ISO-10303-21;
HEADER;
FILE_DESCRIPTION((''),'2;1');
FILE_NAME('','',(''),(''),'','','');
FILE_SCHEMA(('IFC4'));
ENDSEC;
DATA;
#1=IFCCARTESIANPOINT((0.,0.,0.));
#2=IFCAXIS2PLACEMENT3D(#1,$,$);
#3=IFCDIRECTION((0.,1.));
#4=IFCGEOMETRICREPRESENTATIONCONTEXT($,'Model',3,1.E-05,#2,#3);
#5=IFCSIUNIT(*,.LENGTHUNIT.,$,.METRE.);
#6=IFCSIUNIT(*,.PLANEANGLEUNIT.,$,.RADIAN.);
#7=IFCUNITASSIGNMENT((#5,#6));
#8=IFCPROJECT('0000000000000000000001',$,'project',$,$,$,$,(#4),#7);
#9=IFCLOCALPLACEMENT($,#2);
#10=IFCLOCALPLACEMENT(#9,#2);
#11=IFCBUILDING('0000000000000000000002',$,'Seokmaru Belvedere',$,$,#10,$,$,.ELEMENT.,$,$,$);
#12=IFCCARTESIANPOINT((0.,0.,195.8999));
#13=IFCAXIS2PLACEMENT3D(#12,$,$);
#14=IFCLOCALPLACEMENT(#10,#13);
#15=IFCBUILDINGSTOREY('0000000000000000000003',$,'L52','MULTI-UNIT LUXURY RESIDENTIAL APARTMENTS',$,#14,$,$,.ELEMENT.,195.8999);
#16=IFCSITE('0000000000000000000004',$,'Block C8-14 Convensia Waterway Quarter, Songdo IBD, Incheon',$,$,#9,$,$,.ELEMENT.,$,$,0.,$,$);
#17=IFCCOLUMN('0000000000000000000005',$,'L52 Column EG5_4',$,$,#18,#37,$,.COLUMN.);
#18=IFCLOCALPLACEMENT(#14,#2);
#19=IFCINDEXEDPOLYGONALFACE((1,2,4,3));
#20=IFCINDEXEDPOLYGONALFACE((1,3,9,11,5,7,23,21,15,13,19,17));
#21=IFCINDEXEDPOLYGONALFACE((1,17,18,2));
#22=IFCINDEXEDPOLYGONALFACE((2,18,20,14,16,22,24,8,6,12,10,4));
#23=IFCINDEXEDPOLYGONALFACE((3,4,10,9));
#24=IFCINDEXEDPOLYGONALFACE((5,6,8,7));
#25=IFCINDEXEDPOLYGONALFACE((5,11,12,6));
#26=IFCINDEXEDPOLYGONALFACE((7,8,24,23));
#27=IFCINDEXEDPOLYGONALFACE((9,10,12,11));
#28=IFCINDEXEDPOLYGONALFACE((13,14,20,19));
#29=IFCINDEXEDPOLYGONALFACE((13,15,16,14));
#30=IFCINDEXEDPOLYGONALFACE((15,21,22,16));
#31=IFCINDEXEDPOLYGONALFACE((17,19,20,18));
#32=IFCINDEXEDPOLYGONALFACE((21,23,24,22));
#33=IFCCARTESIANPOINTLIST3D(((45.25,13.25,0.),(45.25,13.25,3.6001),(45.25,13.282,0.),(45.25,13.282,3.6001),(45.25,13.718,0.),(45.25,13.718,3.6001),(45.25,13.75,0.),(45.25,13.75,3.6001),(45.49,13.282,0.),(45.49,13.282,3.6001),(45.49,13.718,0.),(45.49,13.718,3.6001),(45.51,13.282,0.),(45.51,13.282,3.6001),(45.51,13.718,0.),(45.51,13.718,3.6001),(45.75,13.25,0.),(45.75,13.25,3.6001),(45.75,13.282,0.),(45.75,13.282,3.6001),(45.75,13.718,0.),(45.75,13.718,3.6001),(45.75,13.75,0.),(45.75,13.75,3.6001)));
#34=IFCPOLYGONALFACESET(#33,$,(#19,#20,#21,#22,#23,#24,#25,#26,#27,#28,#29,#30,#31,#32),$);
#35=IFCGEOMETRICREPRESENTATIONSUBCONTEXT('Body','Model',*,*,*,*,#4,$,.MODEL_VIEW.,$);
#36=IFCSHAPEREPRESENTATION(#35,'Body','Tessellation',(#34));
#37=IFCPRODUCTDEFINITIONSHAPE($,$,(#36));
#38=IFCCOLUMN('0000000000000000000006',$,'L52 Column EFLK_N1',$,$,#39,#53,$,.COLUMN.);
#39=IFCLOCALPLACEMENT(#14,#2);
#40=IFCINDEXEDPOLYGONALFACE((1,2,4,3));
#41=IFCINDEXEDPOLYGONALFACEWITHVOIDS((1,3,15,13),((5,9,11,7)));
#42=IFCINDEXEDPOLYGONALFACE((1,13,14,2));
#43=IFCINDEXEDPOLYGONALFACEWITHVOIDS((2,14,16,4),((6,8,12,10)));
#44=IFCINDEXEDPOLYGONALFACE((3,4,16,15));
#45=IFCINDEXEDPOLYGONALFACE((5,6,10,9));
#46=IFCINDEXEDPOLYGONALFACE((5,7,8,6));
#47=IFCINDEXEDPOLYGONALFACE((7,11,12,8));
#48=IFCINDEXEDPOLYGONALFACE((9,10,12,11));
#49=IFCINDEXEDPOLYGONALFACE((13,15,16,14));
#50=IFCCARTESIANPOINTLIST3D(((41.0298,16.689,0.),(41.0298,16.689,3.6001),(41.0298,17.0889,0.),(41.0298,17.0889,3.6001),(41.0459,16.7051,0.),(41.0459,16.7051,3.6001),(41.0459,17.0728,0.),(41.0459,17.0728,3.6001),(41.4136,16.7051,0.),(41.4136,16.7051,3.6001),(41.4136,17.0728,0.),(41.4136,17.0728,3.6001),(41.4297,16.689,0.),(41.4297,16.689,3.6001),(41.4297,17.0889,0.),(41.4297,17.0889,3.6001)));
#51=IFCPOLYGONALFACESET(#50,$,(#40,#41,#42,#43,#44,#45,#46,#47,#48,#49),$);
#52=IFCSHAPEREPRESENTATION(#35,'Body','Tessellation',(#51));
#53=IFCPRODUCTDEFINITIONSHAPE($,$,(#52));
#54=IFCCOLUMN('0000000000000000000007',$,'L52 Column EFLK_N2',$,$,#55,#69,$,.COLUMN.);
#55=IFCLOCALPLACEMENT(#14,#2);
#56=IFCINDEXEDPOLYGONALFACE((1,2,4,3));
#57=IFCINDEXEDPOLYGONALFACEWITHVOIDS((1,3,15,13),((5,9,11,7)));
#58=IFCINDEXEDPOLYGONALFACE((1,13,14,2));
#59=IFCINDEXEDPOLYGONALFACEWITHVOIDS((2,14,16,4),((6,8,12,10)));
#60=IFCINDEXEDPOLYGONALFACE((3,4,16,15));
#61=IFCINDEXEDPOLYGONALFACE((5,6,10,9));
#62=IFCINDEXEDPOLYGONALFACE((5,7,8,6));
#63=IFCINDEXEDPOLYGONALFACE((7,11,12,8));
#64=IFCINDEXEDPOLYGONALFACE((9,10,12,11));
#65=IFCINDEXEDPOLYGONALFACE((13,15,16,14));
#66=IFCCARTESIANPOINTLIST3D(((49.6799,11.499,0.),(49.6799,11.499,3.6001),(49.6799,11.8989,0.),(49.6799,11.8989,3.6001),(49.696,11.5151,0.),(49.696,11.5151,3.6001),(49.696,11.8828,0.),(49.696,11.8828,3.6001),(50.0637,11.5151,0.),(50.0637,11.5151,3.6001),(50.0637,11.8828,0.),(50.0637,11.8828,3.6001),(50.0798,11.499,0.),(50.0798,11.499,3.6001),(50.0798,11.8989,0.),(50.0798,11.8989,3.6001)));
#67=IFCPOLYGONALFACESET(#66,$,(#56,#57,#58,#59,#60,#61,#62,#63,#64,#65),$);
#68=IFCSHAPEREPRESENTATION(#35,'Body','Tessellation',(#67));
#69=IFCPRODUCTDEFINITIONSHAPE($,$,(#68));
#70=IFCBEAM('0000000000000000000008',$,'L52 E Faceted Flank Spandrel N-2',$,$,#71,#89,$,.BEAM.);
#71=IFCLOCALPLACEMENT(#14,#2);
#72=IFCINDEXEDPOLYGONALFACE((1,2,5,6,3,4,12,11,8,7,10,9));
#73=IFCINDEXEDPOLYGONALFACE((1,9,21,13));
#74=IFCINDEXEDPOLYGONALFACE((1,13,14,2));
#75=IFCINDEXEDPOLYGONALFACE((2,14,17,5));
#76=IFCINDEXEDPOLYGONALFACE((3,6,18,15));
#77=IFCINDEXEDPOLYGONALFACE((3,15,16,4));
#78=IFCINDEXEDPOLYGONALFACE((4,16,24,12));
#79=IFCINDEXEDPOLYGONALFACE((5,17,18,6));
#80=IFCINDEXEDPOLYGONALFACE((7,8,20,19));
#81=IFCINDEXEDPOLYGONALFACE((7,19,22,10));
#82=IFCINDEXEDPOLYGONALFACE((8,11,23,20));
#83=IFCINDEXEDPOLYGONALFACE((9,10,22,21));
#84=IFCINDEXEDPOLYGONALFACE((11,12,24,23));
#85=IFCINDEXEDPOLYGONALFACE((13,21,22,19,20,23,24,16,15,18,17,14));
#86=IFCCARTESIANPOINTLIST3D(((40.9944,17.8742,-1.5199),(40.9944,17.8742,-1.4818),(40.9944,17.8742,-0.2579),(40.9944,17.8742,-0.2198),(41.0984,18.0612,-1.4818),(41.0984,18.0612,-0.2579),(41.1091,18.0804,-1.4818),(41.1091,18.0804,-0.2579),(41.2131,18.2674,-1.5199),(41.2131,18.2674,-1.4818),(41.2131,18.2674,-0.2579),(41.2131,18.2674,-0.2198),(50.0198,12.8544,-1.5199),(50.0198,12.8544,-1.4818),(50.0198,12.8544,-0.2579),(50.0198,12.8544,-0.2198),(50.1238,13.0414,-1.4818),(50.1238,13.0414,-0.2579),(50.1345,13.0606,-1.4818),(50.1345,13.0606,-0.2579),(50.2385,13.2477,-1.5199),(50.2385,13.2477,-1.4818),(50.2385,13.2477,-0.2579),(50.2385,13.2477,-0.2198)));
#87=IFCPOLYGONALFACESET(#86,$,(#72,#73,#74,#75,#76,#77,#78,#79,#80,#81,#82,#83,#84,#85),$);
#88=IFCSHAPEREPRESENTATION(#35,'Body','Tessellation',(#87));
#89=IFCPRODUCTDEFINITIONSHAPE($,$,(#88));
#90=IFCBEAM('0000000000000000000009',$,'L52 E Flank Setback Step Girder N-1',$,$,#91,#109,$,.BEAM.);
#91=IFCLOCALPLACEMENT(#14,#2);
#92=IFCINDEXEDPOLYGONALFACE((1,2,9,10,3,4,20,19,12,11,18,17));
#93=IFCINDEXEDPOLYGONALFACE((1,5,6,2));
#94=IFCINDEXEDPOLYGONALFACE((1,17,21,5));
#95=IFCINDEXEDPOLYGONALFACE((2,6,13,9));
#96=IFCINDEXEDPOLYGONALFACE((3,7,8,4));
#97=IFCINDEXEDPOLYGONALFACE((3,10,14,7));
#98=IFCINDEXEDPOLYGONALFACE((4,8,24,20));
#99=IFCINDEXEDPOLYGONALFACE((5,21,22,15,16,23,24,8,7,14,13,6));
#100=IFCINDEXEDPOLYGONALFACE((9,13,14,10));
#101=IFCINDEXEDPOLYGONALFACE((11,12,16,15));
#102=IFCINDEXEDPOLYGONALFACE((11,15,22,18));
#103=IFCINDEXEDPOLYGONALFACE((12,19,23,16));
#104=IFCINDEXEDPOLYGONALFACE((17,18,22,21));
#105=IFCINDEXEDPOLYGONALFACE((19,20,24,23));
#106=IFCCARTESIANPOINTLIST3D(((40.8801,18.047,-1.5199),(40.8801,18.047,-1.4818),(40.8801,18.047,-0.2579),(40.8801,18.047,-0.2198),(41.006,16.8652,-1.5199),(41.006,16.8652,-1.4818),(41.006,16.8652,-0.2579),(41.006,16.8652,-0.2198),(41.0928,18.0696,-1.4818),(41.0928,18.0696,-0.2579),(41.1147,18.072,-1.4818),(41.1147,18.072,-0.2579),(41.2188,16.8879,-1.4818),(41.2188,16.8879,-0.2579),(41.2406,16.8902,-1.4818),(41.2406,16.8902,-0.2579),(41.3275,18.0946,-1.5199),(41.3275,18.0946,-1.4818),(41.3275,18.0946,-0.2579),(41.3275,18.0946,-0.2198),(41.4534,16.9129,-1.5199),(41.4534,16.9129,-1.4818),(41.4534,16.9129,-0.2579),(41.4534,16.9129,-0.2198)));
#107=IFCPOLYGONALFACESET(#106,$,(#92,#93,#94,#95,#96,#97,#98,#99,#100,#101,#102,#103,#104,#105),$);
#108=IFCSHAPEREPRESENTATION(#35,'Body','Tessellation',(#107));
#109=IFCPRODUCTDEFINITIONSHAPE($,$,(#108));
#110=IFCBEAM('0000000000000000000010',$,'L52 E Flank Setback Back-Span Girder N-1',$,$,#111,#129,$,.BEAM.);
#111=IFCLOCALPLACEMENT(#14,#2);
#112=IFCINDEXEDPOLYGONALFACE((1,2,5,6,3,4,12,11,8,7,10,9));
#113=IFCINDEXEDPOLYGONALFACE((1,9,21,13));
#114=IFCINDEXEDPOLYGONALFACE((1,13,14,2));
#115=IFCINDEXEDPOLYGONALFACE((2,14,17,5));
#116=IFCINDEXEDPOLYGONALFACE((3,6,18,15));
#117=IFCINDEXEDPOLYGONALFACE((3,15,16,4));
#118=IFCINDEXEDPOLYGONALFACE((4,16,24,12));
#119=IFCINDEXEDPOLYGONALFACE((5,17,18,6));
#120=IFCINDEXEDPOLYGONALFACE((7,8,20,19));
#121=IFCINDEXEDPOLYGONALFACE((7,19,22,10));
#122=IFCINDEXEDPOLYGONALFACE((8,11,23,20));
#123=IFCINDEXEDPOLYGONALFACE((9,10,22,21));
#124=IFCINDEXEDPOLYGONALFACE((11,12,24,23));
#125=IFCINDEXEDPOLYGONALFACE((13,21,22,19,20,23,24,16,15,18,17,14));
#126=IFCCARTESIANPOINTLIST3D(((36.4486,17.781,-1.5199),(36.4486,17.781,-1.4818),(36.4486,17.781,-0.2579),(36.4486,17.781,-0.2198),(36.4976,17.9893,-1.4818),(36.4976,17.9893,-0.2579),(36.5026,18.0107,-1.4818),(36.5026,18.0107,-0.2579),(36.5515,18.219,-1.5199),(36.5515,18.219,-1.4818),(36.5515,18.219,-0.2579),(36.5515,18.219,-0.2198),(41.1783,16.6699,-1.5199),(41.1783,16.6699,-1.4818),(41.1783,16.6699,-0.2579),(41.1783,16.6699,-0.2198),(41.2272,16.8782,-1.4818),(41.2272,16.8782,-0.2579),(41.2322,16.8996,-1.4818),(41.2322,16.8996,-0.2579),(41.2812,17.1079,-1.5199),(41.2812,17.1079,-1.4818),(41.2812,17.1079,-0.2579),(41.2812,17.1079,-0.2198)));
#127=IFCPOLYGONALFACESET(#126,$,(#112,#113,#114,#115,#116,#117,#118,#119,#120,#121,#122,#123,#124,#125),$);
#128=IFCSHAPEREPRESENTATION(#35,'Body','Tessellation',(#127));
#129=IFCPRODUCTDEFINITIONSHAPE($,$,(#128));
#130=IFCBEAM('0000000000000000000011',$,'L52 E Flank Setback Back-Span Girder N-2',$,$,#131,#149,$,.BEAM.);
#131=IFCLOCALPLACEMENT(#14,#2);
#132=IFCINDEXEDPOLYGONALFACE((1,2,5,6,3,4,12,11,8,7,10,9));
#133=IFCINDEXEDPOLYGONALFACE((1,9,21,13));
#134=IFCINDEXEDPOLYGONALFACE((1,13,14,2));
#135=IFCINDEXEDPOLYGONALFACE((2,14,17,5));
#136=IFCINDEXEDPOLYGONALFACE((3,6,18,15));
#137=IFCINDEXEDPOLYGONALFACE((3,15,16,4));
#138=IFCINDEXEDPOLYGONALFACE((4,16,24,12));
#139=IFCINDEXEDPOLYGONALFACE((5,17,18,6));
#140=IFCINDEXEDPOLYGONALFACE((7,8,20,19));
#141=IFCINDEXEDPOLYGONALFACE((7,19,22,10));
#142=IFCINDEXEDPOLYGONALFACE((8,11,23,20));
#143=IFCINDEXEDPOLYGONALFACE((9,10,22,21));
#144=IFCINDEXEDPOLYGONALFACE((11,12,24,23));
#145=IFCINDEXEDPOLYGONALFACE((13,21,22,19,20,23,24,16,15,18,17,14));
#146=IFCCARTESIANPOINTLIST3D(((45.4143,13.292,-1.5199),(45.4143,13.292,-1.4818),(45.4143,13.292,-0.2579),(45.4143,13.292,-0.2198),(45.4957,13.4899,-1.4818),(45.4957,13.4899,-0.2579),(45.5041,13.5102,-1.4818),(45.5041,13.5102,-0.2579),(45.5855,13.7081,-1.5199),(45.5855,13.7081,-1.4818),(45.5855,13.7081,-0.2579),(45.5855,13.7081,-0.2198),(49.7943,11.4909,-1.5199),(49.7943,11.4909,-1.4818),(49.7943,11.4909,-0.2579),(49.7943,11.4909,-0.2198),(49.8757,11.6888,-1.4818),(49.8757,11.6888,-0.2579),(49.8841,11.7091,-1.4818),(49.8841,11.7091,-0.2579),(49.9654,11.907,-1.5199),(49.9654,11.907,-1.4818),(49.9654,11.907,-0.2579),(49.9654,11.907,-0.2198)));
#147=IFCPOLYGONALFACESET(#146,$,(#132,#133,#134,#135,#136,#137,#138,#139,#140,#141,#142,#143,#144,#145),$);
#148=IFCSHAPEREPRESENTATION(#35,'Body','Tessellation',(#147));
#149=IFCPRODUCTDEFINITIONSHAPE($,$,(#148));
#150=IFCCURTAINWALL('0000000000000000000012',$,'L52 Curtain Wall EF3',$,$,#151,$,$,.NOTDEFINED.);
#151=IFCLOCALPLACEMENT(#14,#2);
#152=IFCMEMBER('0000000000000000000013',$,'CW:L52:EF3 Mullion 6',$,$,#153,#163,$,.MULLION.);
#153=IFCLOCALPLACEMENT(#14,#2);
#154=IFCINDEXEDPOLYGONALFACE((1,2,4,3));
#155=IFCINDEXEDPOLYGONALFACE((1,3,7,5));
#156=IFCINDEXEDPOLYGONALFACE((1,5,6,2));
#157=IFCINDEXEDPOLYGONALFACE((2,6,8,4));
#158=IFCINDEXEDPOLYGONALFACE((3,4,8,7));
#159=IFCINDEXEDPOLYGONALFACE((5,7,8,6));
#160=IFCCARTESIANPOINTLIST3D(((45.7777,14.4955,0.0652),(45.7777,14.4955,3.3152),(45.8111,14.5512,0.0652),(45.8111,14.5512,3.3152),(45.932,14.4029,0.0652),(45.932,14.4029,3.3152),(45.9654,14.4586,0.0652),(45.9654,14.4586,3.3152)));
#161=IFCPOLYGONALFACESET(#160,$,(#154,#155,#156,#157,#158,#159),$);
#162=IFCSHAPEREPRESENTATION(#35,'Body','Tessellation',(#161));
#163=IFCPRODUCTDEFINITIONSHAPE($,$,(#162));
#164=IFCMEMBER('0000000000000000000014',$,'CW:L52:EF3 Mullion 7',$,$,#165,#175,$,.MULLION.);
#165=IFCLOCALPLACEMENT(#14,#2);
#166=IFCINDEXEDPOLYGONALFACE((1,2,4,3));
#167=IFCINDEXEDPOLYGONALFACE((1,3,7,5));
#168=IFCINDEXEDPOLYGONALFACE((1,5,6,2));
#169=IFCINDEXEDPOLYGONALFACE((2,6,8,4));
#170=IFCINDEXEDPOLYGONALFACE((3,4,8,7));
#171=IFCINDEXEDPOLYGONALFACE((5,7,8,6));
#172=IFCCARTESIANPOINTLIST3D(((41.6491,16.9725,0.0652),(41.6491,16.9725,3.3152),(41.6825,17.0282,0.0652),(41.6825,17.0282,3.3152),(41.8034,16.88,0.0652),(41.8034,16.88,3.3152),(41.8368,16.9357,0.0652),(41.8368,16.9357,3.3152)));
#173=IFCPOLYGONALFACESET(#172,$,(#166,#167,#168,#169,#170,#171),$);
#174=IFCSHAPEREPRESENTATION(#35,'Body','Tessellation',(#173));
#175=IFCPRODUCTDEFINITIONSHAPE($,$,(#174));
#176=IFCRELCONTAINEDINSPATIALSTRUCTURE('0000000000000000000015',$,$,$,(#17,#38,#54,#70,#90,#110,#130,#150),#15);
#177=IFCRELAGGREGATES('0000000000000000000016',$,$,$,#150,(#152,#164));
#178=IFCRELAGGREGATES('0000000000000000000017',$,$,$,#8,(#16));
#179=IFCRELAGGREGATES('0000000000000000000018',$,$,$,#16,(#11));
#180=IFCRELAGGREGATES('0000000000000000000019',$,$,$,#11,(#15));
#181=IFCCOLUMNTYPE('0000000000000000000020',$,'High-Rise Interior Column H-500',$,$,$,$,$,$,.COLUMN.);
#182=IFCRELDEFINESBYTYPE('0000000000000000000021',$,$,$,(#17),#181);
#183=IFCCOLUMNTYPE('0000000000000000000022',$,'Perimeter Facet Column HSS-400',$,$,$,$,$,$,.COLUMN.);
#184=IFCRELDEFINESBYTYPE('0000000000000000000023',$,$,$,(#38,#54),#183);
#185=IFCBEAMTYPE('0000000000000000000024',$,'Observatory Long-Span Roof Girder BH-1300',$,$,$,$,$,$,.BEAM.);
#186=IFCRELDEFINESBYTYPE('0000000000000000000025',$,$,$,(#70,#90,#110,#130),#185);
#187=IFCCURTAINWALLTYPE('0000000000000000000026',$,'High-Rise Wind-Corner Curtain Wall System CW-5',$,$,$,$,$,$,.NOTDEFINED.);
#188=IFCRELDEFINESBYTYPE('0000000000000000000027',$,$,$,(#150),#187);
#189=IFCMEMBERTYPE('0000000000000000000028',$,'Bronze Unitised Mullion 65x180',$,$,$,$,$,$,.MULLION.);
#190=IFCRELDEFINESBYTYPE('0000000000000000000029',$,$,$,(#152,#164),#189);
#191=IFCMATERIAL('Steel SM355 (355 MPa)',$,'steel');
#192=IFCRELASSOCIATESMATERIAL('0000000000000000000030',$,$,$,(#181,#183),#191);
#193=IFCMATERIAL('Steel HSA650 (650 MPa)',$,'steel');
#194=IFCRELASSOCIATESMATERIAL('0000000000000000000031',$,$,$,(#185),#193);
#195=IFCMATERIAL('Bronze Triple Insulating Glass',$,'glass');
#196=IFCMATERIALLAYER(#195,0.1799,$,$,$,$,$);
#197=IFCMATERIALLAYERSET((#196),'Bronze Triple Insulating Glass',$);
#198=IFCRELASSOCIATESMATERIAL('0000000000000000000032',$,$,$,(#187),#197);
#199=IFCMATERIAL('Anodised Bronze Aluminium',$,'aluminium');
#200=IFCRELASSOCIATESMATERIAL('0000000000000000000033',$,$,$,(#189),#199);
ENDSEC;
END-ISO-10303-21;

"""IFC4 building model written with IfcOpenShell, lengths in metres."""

from ifc_helpers import new_model, si_unit, direction, frame, origin, origin_2d, place, context, subcontext, project, spatial, rectangle, hollow_rectangle, i_section, extrude, source, transform, mapped, material, layer, layer_set, material_profile, profile_set, type_object, type_shapes, element, aggregate, save


model = new_model("IFC4")

# Units and contexts
model_context = context("Model", 3, precision=1e-05, world=origin(), true_north=direction((0.0, 1.0)))
body_context = subcontext(model_context, "Body", "Model", "MODEL_VIEW")
ifc_project = project(units=[si_unit("LENGTHUNIT", "METRE"), si_unit("PLANEANGLEUNIT", "RADIAN")], contexts=[model_context])

# Site, building, storey
site_placement = place(None, origin())
site = spatial("IfcSite", under=ifc_project, at=site_placement, Name="Block C8-14 Convensia Waterway Quarter, Songdo IBD, Incheon", CompositionType="ELEMENT", RefElevation=0.0)
building_placement = place(site_placement, origin())
building = spatial("IfcBuilding", under=site, at=building_placement, Name="Seokmaru Belvedere", CompositionType="ELEMENT")
storey_placement = place(building_placement, frame((0.0, 0.0, 195.8999)))
storey = spatial("IfcBuildingStorey", under=building, at=storey_placement, Name="L52", Description="MULTI-UNIT LUXURY RESIDENTIAL APARTMENTS", CompositionType="ELEMENT", Elevation=195.8999)

# Columns
ifc_material_1 = material(Name="Steel SM355 (355 MPa)", Category="steel")
ifc_material_profile_1 = material_profile(ifc_material_1, i_section(OverallWidth=0.5, OverallDepth=0.5, WebThickness=0.02, FlangeThickness=0.032, at=origin_2d()), Name="H-500x500x20x32")
ifc_profile_set_1 = profile_set([ifc_material_profile_1], Name="Steel SM355 (355 MPa)")
column_type_1 = type_object("IfcColumnType", Name="High-Rise Interior Column H-500", PredefinedType="COLUMN", material=ifc_profile_set_1)
shared_shape_1 = source(origin(), body_context, "Body", "SweptSolid", [
    extrude(i_section(OverallWidth=0.5, OverallDepth=0.5, WebThickness=0.02, FlangeThickness=0.032, at=origin_2d()), origin(), (0.0, 0.0, 1.0), 3.6001),
])
type_shapes(column_type_1, [shared_shape_1])
column_placement = place(storey_placement, frame((45.5, 13.5, 0.0), z_axis=(0.0, 0.0, 1.0), x_axis=(1.0, 0.0, 0.0)))
element("IfcColumn", 1, at=column_placement, inside=storey, type_object=column_type_1, Name="L52 Column EG5_4", PredefinedType="COLUMN", context=body_context, shape_type="MappedRepresentation", body=[
    mapped(shared_shape_1, transform((0.0, 0.0, 0.0), scale=1.0)),
])
ifc_material_profile_2 = material_profile(ifc_material_1, hollow_rectangle(XDim=0.3999, YDim=0.3999, WallThickness=0.0161, at=origin_2d()), Name="HSS-400x400x16")
ifc_profile_set_2 = profile_set([ifc_material_profile_2], Name="Steel SM355 (355 MPa)")
column_type_2 = type_object("IfcColumnType", Name="Perimeter Facet Column HSS-400", PredefinedType="COLUMN", material=ifc_profile_set_2)
shared_shape_2 = source(origin(), body_context, "Body", "SweptSolid", [
    extrude(hollow_rectangle(XDim=0.3999, YDim=0.3999, WallThickness=0.0161, at=origin_2d()), origin(), (0.0, 0.0, 1.0), 3.6001),
])
type_shapes(column_type_2, [shared_shape_2])
for number, where, z_axis, x_axis, name in (
    (2, (41.2297, 16.8889, 0.0), (0.0, 0.0, 1.0), (1.0, 0.0, 0.0), "L52 Column EFLK_N1"),
    (3, (49.8799, 11.699, 0.0), (0.0, 0.0, 1.0), (1.0, 0.0, 0.0), "L52 Column EFLK_N2"),
):
    element("IfcColumn", number, at=place(storey_placement, frame(where, z_axis=z_axis, x_axis=x_axis)), inside=storey, type_object=column_type_2, Name=name, PredefinedType="COLUMN", context=body_context, shape_type="MappedRepresentation", body=[
        mapped(shared_shape_2, transform((0.0, 0.0, 0.0), scale=1.0)),
    ])

# Beams
ifc_material_2 = material(Name="Steel HSA650 (650 MPa)", Category="steel")
ifc_material_profile_3 = material_profile(ifc_material_2, i_section(OverallWidth=0.45, OverallDepth=1.3, WebThickness=0.022, FlangeThickness=0.0381, at=origin_2d()), Name="BH-1300x450x22x38")
ifc_profile_set_3 = profile_set([ifc_material_profile_3], Name="Steel HSA650 (650 MPa)")
beam_type = type_object("IfcBeamType", Name="Observatory Long-Span Roof Girder BH-1300", PredefinedType="BEAM", material=ifc_profile_set_3)
shared_shape_3 = source(origin(), body_context, "Body", "SweptSolid", [
    extrude(i_section(OverallWidth=0.45, OverallDepth=1.3, WebThickness=0.022, FlangeThickness=0.0381, at=origin_2d()), origin(), (0.0, 0.0, 1.0), 10.3274),
])
beam_1_placement = place(storey_placement, frame((41.1038, 18.0708, -0.8699), z_axis=(0.873924, -0.486062, 0.0), x_axis=(0.486062, 0.873924, 0.0)))
element("IfcBeam", 4, at=beam_1_placement, inside=storey, type_object=beam_type, Name="L52 E Faceted Flank Spandrel N-2", PredefinedType="BEAM", context=body_context, shape_type="MappedRepresentation", body=[
    mapped(shared_shape_3, transform((0.0, 0.0, 0.0), scale=1.0)),
])
shared_shape_4 = source(origin(), body_context, "Body", "SweptSolid", [
    extrude(i_section(OverallWidth=0.45, OverallDepth=1.3, WebThickness=0.022, FlangeThickness=0.0381, at=origin_2d()), origin(), (0.0, 0.0, 1.0), 1.1885),
])
beam_2_placement = place(storey_placement, frame((41.1038, 18.0708, -0.8699), z_axis=(0.105989, -0.994367, 0.0), x_axis=(0.994367, 0.105989, 0.0)))
element("IfcBeam", 5, at=beam_2_placement, inside=storey, type_object=beam_type, Name="L52 E Flank Setback Step Girder N-1", PredefinedType="BEAM", context=body_context, shape_type="MappedRepresentation", body=[
    mapped(shared_shape_4, transform((0.0, 0.0, 0.0), scale=1.0)),
])
shared_shape_5 = source(origin(), body_context, "Body", "SweptSolid", [
    extrude(i_section(OverallWidth=0.45, OverallDepth=1.3, WebThickness=0.022, FlangeThickness=0.0381, at=origin_2d()), origin(), (0.0, 0.0, 1.0), 4.8584),
])
beam_3_placement = place(storey_placement, frame((41.2297, 16.8889, -0.8699), z_axis=(-0.973499, 0.228689, 0.0), x_axis=(-0.228689, -0.973499, 0.0)))
element("IfcBeam", 6, at=beam_3_placement, inside=storey, type_object=beam_type, Name="L52 E Flank Setback Back-Span Girder N-1", PredefinedType="BEAM", context=body_context, shape_type="MappedRepresentation", body=[
    mapped(shared_shape_5, transform((0.0, 0.0, 0.0), scale=1.0)),
])
shared_shape_6 = source(origin(), body_context, "Body", "SweptSolid", [
    extrude(i_section(OverallWidth=0.45, OverallDepth=1.3, WebThickness=0.022, FlangeThickness=0.0381, at=origin_2d()), origin(), (0.0, 0.0, 1.0), 4.7358),
])
type_shapes(beam_type, [shared_shape_3, shared_shape_4, shared_shape_5, shared_shape_6])
beam_4_placement = place(storey_placement, frame((49.8799, 11.699, -0.8699), z_axis=(-0.924861, 0.380306, 0.0), x_axis=(-0.380306, -0.924861, 0.0)))
element("IfcBeam", 7, at=beam_4_placement, inside=storey, type_object=beam_type, Name="L52 E Flank Setback Back-Span Girder N-2", PredefinedType="BEAM", context=body_context, shape_type="MappedRepresentation", body=[
    mapped(shared_shape_6, transform((0.0, 0.0, 0.0), scale=1.0)),
])

# Curtain wall, members
ifc_material_3 = material(Name="Bronze Triple Insulating Glass", Category="glass")
ifc_layer_1 = layer(ifc_material_3, 0.1799)
ifc_layer_set_1 = layer_set([ifc_layer_1], Name="Bronze Triple Insulating Glass")
curtain_wall_type = type_object("IfcCurtainWallType", Name="High-Rise Wind-Corner Curtain Wall System CW-5", PredefinedType="NOTDEFINED", material=ifc_layer_set_1)
curtain_wall_placement = place(storey_placement, origin())
curtain_wall = element("IfcCurtainWall", 8, at=curtain_wall_placement, inside=storey, type_object=curtain_wall_type, Name="L52 Curtain Wall EF3", PredefinedType="NOTDEFINED")
ifc_material_4 = material(Name="Anodised Bronze Aluminium", Category="aluminium")
ifc_material_profile_4 = material_profile(ifc_material_4, rectangle(XDim=0.0649, YDim=0.1799, at=origin_2d()), Name="CW-M-65x180")
ifc_profile_set_4 = profile_set([ifc_material_profile_4], Name="Anodised Bronze Aluminium")
member_type = type_object("IfcMemberType", Name="Bronze Unitised Mullion 65x180", PredefinedType="MULLION", material=ifc_profile_set_4)
shared_shape_7 = source(origin(), body_context, "Body", "SweptSolid", [
    extrude(rectangle(XDim=0.0649, YDim=0.1799, at=origin_2d()), origin(), (0.0, 0.0, 1.0), 3.25),
])
type_shapes(member_type, [shared_shape_7])
member_1_placement = place(storey_placement, frame((45.8716, 14.4771, 0.0652), z_axis=(0.0, 0.0, 1.0), x_axis=(-0.514495, -0.857493, 0.0)))
member_1 = element("IfcMember", 9, at=member_1_placement, type_object=member_type, Name="CW:L52:EF3 Mullion 6", PredefinedType="MULLION", context=body_context, shape_type="MappedRepresentation", body=[
    mapped(shared_shape_7, transform((0.0, 0.0, 0.0), scale=1.0)),
])
member_2_placement = place(storey_placement, frame((41.7429, 16.9541, 0.0652), z_axis=(0.0, 0.0, 1.0), x_axis=(-0.514495, -0.857493, 0.0)))
member_2 = element("IfcMember", 10, at=member_2_placement, type_object=member_type, Name="CW:L52:EF3 Mullion 7", PredefinedType="MULLION", context=body_context, shape_type="MappedRepresentation", body=[
    mapped(shared_shape_7, transform((0.0, 0.0, 0.0), scale=1.0)),
])
aggregate(curtain_wall, [member_1, member_2])

save(model, "model.ifc")
